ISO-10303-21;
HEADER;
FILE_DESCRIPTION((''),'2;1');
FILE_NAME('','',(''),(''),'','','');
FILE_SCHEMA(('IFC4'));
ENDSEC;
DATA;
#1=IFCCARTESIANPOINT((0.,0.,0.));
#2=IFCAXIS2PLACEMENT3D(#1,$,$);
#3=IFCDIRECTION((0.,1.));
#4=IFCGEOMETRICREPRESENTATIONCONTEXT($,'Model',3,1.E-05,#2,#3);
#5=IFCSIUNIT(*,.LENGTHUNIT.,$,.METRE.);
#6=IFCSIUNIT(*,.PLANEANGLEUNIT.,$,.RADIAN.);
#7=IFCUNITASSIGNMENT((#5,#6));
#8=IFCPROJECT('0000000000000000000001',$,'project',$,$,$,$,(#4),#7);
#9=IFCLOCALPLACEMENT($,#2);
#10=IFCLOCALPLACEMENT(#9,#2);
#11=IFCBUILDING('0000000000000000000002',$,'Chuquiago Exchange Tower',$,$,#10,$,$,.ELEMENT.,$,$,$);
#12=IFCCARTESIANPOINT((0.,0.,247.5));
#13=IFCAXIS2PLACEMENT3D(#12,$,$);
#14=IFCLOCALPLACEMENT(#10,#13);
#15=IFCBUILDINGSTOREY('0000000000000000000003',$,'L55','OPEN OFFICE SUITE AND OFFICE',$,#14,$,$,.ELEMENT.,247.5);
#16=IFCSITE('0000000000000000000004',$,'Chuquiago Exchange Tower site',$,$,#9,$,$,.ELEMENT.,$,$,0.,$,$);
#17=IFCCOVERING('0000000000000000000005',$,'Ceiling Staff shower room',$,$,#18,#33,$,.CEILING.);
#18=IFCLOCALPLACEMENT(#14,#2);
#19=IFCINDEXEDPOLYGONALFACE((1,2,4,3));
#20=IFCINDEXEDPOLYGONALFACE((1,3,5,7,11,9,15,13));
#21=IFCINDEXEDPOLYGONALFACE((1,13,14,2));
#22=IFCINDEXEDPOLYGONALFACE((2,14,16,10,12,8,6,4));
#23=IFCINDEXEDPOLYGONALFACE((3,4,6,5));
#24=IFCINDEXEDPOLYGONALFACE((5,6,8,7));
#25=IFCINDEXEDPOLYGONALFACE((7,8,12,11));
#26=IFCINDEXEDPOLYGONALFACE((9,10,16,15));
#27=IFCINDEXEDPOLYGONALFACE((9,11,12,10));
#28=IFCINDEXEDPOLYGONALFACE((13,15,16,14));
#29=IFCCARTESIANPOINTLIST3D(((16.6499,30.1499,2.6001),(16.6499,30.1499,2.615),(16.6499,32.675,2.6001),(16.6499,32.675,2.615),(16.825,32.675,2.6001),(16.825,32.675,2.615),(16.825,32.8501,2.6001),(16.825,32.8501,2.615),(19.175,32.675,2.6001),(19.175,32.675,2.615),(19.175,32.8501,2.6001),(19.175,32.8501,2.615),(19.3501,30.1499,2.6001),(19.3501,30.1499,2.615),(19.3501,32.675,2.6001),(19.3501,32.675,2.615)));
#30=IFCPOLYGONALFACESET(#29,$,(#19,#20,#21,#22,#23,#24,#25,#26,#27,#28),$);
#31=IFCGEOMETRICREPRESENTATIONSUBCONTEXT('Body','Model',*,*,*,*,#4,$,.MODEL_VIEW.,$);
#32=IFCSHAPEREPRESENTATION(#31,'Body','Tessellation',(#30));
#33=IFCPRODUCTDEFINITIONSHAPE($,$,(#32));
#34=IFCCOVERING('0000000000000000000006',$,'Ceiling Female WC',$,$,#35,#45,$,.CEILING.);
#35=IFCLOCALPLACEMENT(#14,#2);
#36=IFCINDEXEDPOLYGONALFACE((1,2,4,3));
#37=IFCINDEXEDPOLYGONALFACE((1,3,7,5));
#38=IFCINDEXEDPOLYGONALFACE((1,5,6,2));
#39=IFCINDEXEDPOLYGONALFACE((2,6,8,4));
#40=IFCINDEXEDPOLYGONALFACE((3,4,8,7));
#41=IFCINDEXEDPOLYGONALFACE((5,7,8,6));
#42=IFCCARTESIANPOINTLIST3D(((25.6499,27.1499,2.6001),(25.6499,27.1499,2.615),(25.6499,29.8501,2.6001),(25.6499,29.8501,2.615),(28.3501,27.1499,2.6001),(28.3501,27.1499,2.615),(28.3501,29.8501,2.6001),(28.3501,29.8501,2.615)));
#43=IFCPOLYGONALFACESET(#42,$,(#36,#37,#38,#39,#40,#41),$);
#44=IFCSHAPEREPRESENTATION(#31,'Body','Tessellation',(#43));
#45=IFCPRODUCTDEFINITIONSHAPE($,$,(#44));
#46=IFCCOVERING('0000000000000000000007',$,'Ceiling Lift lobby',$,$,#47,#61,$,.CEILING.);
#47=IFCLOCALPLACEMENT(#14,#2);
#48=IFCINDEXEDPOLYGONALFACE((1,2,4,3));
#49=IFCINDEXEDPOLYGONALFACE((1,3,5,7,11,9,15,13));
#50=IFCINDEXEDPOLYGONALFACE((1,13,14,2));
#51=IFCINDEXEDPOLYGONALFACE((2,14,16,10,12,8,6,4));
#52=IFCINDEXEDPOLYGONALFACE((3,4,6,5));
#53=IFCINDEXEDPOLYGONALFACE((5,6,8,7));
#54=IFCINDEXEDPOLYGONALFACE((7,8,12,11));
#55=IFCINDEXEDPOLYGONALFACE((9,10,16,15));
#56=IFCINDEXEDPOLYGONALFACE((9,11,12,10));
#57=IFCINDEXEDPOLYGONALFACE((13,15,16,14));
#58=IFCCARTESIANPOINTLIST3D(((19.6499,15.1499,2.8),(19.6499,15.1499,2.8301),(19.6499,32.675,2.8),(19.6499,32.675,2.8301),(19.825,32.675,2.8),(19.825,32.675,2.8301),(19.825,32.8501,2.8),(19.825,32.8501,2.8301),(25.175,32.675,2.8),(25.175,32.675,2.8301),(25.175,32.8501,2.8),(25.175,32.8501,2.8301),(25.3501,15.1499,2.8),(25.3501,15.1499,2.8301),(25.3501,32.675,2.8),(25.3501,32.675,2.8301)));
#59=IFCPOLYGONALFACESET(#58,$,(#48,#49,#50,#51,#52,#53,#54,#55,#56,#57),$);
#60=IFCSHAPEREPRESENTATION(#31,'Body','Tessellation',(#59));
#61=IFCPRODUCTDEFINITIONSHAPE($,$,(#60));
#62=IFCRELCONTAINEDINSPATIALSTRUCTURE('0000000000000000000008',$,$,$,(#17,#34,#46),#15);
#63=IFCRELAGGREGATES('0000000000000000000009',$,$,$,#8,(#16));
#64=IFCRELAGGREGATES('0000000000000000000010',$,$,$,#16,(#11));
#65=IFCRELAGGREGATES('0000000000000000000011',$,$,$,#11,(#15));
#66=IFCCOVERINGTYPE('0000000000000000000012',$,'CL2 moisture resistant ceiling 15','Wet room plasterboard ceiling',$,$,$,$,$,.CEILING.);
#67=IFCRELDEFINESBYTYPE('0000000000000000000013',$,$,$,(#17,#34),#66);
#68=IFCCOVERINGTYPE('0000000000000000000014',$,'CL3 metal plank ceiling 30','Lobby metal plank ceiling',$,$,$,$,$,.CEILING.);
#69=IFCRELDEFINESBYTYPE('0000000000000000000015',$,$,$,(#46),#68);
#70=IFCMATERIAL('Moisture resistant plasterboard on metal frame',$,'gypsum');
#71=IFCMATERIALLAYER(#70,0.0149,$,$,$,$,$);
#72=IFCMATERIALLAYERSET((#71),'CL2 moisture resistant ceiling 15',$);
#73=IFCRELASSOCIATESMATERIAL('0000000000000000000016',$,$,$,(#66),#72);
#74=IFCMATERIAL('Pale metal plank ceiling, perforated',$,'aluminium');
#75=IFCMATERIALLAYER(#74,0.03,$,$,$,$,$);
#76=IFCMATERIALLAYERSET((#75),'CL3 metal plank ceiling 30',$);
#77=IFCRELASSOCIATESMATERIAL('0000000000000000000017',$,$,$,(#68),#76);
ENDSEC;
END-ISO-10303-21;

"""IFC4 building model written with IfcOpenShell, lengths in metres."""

from ifc_helpers import new_model, si_unit, direction, frame, origin, place, context, subcontext, project, spatial, polyline, outline, extrude, material, layer, layer_set, type_object, element, save


model = new_model("IFC4")

# Units and contexts
model_context = context("Model", 3, precision=1e-05, world=origin(), true_north=direction((0.0, 1.0)))
body_context = subcontext(model_context, "Body", "Model", "MODEL_VIEW")
ifc_project = project(units=[si_unit("LENGTHUNIT", "METRE"), si_unit("PLANEANGLEUNIT", "RADIAN")], contexts=[model_context])

# Site, building, storey
site_placement = place(None, origin())
site = spatial("IfcSite", under=ifc_project, at=site_placement, Name="Chuquiago Exchange Tower site", CompositionType="ELEMENT", RefElevation=0.0)
building_placement = place(site_placement, origin())
building = spatial("IfcBuilding", under=site, at=building_placement, Name="Chuquiago Exchange Tower", CompositionType="ELEMENT")
storey_placement = place(building_placement, frame((0.0, 0.0, 247.5)))
storey = spatial("IfcBuildingStorey", under=building, at=storey_placement, Name="L55", Description="OPEN OFFICE SUITE AND OFFICE", CompositionType="ELEMENT", Elevation=247.5)

# Coverings
ifc_material_1 = material(Name="Moisture resistant plasterboard on metal frame", Category="gypsum")
ifc_layer_1 = layer(ifc_material_1, 0.0149)
ifc_layer_set_1 = layer_set([ifc_layer_1], Name="CL2 moisture resistant ceiling 15")
covering_type_1 = type_object("IfcCoveringType", Name="CL2 moisture resistant ceiling 15", Description="Wet room plasterboard ceiling", PredefinedType="CEILING", material=ifc_layer_set_1)
covering_1_placement = place(storey_placement, frame((0.0, 0.0, 2.6001)))
element("IfcCovering", 1, at=covering_1_placement, inside=storey, type_object=covering_type_1, Name="Ceiling Staff shower room", PredefinedType="CEILING", context=body_context, shape_type="SweptSolid", body=[
    extrude(outline(polyline([(16.6499, 30.1499), (16.6499, 32.675), (16.825, 32.675), (16.825, 32.8501), (19.175, 32.8501), (19.175, 32.675), (19.3501, 32.675), (19.3501, 30.1499), (16.6499, 30.1499)])), origin(), (0.0, 0.0, 1.0), 0.0149),
])
covering_2_placement = place(storey_placement, frame((0.0, 0.0, 2.6001)))
element("IfcCovering", 2, at=covering_2_placement, inside=storey, type_object=covering_type_1, Name="Ceiling Female WC", PredefinedType="CEILING", context=body_context, shape_type="SweptSolid", body=[
    extrude(outline(polyline([(25.6499, 27.1499), (25.6499, 29.8501), (28.3501, 29.8501), (28.3501, 27.1499), (25.6499, 27.1499)])), origin(), (0.0, 0.0, 1.0), 0.0149),
])
ifc_material_2 = material(Name="Pale metal plank ceiling, perforated", Category="aluminium")
ifc_layer_2 = layer(ifc_material_2, 0.03)
ifc_layer_set_2 = layer_set([ifc_layer_2], Name="CL3 metal plank ceiling 30")
covering_type_2 = type_object("IfcCoveringType", Name="CL3 metal plank ceiling 30", Description="Lobby metal plank ceiling", PredefinedType="CEILING", material=ifc_layer_set_2)
covering_3_placement = place(storey_placement, frame((0.0, 0.0, 2.8)))
element("IfcCovering", 3, at=covering_3_placement, inside=storey, type_object=covering_type_2, Name="Ceiling Lift lobby", PredefinedType="CEILING", context=body_context, shape_type="SweptSolid", body=[
    extrude(outline(polyline([(19.6499, 15.1499), (19.6499, 32.675), (19.825, 32.675), (19.825, 32.8501), (25.175, 32.8501), (25.175, 32.675), (25.3501, 32.675), (25.3501, 15.1499), (19.6499, 15.1499)])), origin(), (0.0, 0.0, 1.0), 0.03),
])

save(model, "model.ifc")
